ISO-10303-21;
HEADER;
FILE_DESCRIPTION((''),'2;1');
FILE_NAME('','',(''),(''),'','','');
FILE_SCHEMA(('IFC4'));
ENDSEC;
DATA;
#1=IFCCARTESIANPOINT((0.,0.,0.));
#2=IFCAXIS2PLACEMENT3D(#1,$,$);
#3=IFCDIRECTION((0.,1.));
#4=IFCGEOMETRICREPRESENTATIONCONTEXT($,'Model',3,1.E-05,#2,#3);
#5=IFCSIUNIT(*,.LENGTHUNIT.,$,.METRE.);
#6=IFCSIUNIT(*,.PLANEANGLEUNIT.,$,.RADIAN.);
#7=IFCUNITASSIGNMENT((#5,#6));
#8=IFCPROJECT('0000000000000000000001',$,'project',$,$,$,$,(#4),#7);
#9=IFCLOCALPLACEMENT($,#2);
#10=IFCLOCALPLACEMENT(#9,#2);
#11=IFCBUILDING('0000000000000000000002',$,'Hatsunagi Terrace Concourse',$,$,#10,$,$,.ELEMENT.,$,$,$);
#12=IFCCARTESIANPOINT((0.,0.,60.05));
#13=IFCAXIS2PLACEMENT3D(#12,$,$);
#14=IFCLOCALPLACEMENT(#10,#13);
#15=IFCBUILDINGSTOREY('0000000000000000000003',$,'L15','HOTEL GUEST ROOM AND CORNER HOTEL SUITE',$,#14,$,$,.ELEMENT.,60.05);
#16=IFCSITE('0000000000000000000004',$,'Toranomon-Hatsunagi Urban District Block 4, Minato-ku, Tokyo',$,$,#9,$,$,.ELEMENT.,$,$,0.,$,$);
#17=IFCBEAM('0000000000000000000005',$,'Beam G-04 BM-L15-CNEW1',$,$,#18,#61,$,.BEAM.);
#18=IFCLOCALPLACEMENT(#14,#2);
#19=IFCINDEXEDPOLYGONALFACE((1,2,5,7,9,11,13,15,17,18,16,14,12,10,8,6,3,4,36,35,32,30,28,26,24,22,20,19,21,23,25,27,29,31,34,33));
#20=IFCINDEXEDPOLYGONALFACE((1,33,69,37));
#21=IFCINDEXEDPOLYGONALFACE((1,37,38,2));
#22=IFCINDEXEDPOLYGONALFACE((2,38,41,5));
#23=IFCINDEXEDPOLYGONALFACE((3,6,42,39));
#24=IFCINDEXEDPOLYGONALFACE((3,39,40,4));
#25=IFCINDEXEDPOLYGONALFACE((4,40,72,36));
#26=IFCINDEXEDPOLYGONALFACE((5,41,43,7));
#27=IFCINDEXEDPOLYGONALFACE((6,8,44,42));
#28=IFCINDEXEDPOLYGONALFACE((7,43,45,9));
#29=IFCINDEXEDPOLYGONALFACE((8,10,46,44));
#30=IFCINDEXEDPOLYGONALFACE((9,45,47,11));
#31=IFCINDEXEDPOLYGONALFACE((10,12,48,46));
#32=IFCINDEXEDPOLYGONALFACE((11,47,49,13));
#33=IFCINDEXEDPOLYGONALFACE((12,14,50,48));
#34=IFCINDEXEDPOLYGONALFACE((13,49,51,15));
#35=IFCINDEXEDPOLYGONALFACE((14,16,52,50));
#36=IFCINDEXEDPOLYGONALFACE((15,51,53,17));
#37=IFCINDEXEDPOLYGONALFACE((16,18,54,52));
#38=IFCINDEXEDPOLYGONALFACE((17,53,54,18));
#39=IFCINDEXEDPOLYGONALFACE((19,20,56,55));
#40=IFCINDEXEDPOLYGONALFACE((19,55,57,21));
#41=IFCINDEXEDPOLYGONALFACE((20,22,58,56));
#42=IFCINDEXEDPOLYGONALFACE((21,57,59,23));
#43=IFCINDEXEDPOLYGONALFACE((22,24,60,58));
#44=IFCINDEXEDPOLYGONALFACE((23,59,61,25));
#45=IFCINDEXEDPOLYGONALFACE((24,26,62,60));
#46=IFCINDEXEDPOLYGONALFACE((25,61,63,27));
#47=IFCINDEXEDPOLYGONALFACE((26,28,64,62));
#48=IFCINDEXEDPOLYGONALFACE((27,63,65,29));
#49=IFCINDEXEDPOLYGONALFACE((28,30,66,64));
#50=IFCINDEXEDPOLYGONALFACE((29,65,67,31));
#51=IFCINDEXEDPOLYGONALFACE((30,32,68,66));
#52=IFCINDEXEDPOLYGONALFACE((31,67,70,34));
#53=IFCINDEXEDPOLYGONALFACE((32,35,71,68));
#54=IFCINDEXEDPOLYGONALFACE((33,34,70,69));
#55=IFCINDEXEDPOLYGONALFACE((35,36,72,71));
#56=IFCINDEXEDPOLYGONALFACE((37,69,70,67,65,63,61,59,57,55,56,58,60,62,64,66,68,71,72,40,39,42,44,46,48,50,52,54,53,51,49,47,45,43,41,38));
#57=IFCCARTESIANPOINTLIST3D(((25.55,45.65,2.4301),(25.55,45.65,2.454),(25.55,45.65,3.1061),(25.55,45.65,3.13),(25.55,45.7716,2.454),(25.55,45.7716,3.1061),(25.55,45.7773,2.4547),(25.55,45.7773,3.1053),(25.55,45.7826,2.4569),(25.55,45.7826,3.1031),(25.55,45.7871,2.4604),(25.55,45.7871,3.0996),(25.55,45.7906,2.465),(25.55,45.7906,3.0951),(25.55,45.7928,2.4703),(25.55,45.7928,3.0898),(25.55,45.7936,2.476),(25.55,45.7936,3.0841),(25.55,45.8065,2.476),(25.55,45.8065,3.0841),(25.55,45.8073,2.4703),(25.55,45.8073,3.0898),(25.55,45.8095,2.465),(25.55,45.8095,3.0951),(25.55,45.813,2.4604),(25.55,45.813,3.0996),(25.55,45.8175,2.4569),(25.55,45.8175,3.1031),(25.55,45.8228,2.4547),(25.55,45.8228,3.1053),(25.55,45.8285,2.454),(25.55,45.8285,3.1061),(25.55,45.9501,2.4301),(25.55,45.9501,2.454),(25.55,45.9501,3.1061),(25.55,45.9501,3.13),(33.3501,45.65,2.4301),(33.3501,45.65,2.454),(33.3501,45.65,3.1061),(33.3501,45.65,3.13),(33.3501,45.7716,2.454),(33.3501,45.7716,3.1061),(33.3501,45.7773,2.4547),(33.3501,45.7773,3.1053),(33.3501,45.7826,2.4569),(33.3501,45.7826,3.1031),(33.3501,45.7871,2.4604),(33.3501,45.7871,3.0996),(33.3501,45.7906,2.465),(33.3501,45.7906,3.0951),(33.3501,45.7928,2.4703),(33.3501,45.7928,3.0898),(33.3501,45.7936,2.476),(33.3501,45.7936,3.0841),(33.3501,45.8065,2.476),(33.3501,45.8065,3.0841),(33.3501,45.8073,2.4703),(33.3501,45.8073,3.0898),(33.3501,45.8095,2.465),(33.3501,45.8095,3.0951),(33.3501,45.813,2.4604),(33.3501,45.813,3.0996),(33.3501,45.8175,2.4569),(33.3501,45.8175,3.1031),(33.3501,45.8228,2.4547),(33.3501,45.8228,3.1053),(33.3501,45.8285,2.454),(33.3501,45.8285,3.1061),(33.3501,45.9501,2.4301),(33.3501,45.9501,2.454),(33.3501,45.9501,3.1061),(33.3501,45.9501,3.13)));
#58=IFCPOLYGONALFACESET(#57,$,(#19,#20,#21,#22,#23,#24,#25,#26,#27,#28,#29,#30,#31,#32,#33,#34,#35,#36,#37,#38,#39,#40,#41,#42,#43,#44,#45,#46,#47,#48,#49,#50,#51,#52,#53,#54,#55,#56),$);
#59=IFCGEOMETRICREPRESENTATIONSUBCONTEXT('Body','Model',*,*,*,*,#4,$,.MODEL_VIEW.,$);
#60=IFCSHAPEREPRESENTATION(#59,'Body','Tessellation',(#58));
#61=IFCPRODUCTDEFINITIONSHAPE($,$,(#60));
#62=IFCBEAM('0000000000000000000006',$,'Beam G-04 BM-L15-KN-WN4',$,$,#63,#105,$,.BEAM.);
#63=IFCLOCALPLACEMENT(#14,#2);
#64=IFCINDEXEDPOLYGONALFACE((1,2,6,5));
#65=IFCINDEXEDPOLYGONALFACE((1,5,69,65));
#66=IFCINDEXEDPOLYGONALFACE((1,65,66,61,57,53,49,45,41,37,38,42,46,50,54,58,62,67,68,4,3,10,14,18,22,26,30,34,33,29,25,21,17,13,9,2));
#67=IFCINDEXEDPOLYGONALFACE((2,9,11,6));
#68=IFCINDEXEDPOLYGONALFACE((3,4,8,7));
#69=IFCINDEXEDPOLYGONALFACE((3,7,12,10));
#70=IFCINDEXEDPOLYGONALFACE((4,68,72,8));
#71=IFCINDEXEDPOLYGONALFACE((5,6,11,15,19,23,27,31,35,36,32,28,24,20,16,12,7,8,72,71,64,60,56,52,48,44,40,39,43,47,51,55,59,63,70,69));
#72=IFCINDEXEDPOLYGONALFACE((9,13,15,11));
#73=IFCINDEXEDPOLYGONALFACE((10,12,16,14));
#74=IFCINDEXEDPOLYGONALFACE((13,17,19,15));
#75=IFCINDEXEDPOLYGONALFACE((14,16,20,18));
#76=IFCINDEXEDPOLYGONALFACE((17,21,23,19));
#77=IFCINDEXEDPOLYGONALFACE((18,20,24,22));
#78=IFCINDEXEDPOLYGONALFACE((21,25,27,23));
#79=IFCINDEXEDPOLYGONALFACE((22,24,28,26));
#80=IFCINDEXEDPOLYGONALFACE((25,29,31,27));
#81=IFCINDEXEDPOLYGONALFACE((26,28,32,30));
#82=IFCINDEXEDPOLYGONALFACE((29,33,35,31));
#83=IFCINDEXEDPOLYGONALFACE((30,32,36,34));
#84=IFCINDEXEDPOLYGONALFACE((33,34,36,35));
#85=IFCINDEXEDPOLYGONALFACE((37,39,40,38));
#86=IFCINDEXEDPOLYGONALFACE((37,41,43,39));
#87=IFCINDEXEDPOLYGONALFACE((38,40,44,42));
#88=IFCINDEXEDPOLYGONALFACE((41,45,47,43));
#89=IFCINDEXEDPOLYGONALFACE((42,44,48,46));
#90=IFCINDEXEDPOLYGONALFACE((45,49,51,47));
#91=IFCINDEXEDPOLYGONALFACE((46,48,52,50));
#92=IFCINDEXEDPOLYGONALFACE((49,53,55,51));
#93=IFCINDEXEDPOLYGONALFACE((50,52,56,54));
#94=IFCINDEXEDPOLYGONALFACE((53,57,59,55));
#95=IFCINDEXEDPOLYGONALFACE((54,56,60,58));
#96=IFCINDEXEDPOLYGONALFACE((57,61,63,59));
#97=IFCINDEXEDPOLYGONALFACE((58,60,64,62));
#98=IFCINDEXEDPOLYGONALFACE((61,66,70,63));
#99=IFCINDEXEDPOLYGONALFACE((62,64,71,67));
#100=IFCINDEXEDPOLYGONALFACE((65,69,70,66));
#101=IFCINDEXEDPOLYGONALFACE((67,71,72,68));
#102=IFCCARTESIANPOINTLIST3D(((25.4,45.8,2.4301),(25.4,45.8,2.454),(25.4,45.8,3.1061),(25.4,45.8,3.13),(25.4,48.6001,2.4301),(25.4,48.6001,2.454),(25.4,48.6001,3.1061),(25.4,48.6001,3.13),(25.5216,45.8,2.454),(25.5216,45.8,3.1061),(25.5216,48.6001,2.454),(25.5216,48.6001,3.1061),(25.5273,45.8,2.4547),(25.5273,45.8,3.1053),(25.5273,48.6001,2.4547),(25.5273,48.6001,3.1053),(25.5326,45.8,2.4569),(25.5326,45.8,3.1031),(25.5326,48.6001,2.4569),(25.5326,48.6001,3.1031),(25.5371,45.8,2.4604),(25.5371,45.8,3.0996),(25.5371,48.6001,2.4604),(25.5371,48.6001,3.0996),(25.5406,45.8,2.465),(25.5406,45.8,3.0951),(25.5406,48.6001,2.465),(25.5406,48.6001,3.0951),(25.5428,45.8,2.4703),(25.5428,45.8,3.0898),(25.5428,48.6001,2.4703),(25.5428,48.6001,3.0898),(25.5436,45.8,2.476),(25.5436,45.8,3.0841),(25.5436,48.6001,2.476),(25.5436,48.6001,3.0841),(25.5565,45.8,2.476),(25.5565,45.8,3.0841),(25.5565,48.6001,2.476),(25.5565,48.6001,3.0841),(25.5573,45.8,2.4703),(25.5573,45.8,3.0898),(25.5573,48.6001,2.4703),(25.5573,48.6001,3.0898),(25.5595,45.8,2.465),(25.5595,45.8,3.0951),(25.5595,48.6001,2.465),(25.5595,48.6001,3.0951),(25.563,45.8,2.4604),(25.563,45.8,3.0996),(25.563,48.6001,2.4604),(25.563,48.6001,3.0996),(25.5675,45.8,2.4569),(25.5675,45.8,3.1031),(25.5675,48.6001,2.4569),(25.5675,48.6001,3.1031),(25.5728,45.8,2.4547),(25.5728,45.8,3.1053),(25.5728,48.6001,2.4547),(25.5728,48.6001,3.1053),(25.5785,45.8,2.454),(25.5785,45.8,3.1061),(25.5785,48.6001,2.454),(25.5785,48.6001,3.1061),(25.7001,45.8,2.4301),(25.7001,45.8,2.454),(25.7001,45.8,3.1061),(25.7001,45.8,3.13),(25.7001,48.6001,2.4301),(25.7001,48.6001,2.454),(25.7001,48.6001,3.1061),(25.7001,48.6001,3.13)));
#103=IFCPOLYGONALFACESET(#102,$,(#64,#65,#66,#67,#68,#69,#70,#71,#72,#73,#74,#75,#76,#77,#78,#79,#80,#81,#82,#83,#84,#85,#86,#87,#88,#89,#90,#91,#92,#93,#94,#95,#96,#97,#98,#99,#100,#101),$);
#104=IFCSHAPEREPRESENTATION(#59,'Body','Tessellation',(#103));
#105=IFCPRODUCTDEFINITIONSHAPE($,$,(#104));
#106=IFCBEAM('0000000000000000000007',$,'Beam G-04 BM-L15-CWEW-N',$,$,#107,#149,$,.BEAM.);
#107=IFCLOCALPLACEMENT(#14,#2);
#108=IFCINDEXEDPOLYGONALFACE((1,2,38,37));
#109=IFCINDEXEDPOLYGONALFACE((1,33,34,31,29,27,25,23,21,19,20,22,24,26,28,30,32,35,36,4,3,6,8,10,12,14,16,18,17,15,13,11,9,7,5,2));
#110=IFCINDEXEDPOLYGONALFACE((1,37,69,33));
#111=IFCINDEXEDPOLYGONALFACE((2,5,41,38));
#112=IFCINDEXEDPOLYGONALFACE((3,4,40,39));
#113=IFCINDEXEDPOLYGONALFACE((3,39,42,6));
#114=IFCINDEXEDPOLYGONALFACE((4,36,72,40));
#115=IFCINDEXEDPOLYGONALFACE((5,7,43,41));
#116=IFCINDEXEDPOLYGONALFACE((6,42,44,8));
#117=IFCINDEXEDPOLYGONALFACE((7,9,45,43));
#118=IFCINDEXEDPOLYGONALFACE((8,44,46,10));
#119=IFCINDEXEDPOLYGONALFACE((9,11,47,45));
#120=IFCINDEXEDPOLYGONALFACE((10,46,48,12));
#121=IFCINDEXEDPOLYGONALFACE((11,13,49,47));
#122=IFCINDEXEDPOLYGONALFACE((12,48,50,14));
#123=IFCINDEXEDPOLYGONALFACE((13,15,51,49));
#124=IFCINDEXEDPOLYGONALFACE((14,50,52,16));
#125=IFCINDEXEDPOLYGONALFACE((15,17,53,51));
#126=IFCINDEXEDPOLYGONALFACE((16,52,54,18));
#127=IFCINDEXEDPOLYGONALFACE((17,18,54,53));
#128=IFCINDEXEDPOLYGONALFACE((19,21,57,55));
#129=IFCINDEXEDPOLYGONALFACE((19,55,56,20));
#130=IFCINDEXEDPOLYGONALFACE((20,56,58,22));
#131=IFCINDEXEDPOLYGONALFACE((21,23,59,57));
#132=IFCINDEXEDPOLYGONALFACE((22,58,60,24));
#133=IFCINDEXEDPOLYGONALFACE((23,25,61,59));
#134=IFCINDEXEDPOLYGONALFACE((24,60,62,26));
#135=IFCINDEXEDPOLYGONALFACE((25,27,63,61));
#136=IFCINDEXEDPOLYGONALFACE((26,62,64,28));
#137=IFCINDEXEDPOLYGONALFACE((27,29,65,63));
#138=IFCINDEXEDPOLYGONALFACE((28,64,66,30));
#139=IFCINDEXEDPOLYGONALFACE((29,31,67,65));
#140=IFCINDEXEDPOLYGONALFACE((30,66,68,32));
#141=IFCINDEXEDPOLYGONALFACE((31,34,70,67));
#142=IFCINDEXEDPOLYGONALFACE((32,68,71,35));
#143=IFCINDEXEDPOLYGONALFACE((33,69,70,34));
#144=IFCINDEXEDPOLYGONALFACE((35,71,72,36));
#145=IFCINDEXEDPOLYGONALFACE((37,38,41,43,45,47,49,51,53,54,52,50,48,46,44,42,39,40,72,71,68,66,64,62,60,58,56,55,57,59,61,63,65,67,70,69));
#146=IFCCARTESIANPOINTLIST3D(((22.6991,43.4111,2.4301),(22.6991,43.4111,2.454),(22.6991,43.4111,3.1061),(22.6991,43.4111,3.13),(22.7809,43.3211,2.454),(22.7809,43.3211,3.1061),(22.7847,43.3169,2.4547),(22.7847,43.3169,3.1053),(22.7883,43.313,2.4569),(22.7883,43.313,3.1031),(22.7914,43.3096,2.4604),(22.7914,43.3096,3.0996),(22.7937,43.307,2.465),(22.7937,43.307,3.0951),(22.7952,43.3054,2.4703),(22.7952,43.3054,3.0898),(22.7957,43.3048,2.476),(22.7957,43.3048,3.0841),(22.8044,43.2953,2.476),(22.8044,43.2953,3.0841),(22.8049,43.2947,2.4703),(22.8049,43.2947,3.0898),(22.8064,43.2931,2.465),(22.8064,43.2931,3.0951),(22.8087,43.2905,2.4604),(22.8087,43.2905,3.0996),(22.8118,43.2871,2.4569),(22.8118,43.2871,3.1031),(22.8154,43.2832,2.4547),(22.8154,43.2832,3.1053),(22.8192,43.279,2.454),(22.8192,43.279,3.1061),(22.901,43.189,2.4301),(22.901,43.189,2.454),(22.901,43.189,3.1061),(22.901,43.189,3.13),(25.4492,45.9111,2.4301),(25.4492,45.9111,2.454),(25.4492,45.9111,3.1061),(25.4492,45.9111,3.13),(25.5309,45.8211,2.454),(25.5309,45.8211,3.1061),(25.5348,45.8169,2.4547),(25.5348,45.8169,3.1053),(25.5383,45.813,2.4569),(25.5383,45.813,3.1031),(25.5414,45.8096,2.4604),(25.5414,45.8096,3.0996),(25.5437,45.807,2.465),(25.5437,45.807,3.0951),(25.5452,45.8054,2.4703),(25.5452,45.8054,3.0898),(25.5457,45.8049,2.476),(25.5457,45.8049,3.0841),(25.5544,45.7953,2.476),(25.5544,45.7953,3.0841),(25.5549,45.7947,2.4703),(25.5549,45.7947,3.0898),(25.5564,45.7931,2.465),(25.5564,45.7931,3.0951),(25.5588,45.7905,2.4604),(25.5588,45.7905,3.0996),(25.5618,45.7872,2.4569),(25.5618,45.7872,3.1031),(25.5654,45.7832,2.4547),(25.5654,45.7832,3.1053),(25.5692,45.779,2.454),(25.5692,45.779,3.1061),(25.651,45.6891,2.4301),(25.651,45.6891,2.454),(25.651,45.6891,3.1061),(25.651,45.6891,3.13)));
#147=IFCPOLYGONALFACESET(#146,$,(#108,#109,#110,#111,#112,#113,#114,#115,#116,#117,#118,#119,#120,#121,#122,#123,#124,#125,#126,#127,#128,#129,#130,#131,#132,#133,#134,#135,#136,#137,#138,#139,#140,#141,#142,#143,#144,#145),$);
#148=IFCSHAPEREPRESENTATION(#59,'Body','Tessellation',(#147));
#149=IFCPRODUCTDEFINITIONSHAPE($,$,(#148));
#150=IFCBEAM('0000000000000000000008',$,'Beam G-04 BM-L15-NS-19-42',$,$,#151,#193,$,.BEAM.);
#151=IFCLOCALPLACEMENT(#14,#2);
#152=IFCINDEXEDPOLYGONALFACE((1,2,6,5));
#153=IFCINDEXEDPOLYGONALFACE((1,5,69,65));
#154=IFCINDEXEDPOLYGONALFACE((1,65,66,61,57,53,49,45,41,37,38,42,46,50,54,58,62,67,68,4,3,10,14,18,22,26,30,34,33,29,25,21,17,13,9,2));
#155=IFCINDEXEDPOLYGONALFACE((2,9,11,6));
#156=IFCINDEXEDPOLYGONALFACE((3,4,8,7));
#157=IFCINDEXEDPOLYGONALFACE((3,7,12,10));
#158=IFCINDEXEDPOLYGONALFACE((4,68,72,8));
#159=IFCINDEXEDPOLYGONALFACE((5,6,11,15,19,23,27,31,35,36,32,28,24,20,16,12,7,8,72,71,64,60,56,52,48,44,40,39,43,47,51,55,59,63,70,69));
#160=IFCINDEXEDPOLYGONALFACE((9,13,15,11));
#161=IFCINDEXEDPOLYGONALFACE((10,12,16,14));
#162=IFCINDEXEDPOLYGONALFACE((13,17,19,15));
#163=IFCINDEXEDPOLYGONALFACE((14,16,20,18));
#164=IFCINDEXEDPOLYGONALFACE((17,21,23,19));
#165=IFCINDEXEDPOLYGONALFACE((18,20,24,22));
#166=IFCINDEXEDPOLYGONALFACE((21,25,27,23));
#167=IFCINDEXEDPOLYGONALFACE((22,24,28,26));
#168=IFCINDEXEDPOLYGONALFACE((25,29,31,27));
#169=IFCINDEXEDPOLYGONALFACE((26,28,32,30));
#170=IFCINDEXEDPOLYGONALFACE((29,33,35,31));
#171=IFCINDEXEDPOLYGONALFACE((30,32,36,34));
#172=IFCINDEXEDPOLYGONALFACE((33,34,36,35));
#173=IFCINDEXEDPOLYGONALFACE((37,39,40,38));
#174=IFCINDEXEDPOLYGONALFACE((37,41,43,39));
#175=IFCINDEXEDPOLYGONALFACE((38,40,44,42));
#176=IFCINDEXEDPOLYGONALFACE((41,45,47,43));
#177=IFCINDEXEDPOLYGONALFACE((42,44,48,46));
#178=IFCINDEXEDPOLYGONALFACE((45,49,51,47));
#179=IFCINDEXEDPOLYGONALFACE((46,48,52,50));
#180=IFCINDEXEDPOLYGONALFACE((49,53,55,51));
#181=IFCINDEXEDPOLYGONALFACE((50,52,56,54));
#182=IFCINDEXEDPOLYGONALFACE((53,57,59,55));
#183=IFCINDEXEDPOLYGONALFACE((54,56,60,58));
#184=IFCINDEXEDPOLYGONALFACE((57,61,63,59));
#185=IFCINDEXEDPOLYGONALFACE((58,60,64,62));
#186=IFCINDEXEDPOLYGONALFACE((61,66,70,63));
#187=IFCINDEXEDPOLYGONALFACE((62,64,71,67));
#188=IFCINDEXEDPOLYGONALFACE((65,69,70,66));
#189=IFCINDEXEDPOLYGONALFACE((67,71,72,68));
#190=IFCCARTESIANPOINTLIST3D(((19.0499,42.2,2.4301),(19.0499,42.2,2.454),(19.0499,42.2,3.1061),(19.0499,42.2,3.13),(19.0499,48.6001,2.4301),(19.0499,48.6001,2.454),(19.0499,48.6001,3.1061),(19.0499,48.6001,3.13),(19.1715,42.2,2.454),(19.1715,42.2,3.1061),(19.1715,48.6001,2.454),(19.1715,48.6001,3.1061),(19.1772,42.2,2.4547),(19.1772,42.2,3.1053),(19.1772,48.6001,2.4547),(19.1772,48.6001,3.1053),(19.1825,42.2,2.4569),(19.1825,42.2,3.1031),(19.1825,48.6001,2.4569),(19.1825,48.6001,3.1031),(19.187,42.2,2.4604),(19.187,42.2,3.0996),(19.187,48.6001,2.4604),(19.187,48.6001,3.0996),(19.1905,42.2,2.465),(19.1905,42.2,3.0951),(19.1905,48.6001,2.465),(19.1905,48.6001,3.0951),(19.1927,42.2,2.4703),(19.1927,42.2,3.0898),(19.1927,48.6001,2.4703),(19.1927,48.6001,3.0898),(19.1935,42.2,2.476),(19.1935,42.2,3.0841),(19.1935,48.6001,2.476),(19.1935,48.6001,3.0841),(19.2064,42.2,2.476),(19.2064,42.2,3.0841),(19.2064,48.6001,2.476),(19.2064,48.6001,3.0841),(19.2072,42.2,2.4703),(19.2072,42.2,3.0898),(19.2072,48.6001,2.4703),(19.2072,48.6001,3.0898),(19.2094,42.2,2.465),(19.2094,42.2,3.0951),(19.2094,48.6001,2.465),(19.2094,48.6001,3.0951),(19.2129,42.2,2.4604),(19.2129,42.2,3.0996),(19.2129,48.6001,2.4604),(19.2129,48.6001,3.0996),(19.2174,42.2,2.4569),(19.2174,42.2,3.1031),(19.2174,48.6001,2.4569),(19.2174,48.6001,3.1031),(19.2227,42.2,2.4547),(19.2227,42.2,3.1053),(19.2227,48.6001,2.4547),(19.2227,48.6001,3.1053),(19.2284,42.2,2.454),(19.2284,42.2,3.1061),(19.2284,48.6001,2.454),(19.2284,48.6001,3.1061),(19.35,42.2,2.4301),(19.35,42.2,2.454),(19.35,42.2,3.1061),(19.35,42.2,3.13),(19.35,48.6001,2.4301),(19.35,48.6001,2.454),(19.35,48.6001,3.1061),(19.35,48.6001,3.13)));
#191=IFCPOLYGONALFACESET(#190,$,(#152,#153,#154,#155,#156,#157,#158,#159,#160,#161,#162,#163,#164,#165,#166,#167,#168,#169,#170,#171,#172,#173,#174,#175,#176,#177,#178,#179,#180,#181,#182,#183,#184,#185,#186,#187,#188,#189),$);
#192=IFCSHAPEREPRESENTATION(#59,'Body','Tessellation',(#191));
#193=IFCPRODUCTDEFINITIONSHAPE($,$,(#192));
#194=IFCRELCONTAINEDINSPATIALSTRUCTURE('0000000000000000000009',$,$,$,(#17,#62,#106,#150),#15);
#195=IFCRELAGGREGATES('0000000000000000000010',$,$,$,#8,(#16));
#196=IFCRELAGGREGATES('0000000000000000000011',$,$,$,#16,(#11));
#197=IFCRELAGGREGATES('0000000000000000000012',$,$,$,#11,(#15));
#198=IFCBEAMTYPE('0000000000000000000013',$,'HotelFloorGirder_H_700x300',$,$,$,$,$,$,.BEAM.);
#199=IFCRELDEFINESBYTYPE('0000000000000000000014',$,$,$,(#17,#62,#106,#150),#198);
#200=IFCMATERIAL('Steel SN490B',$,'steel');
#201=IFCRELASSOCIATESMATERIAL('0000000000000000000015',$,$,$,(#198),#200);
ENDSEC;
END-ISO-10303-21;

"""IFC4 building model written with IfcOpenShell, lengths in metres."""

from ifc_helpers import new_model, si_unit, direction, frame, origin, origin_2d, place, context, subcontext, project, spatial, i_section, extrude, material, material_profile, profile_set, type_object, element, save


model = new_model("IFC4")

# Units and contexts
model_context = context("Model", 3, precision=1e-05, world=origin(), true_north=direction((0.0, 1.0)))
body_context = subcontext(model_context, "Body", "Model", "MODEL_VIEW")
ifc_project = project(units=[si_unit("LENGTHUNIT", "METRE"), si_unit("PLANEANGLEUNIT", "RADIAN")], contexts=[model_context])

# Site, building, storey
site_placement = place(None, origin())
site = spatial("IfcSite", under=ifc_project, at=site_placement, Name="Toranomon-Hatsunagi Urban District Block 4, Minato-ku, Tokyo", CompositionType="ELEMENT", RefElevation=0.0)
building_placement = place(site_placement, origin())
building = spatial("IfcBuilding", under=site, at=building_placement, Name="Hatsunagi Terrace Concourse", CompositionType="ELEMENT")
storey_placement = place(building_placement, frame((0.0, 0.0, 60.05)))
storey = spatial("IfcBuildingStorey", under=building, at=storey_placement, Name="L15", Description="HOTEL GUEST ROOM AND CORNER HOTEL SUITE", CompositionType="ELEMENT", Elevation=60.05)

# Beams
ifc_material_1 = material(Name="Steel SN490B", Category="steel")
ifc_material_profile_1 = material_profile(ifc_material_1, i_section(OverallWidth=0.3, OverallDepth=0.7, WebThickness=0.0129, FlangeThickness=0.0239, FilletRadius=0.022, at=origin_2d()), Name="H-700x300x13x24")
ifc_profile_set_1 = profile_set([ifc_material_profile_1], Name="Steel SN490B")
beam_type_1 = type_object("IfcBeamType", Name="HotelFloorGirder_H_700x300", PredefinedType="BEAM", material=ifc_profile_set_1)
beam_1_placement = place(storey_placement, frame((25.55, 45.8, 2.78), z_axis=(1.0, 0.0, 0.0), x_axis=(0.0, 1.0, 0.0)))
element("IfcBeam", 1, at=beam_1_placement, inside=storey, type_object=beam_type_1, Name="Beam G-04 BM-L15-CNEW1", PredefinedType="BEAM", context=body_context, shape_type="SweptSolid", body=[
    extrude(i_section(OverallWidth=0.3, OverallDepth=0.7, WebThickness=0.0129, FlangeThickness=0.0239, FilletRadius=0.022, at=origin_2d()), origin(), (0.0, 0.0, 1.0), 7.8),
])
beam_2_placement = place(storey_placement, frame((25.55, 45.8, 2.78), z_axis=(0.0, 1.0, 0.0), x_axis=(-1.0, 0.0, 0.0)))
element("IfcBeam", 2, at=beam_2_placement, inside=storey, type_object=beam_type_1, Name="Beam G-04 BM-L15-KN-WN4", PredefinedType="BEAM", context=body_context, shape_type="SweptSolid", body=[
    extrude(i_section(OverallWidth=0.3, OverallDepth=0.7, WebThickness=0.0129, FlangeThickness=0.0239, FilletRadius=0.022, at=origin_2d()), origin(), (0.0, 0.0, 1.0), 2.8),
])
beam_3_placement = place(storey_placement, frame((22.8, 43.3, 2.78), z_axis=(0.73994, 0.672673, 0.0), x_axis=(-0.672673, 0.73994, 0.0)))
element("IfcBeam", 3, at=beam_3_placement, inside=storey, type_object=beam_type_1, Name="Beam G-04 BM-L15-CWEW-N", PredefinedType="BEAM", context=body_context, shape_type="SweptSolid", body=[
    extrude(i_section(OverallWidth=0.3, OverallDepth=0.7, WebThickness=0.0129, FlangeThickness=0.0239, FilletRadius=0.022, at=origin_2d()), origin(), (0.0, 0.0, 1.0), 3.7166),
])
beam_4_placement = place(storey_placement, frame((19.2, 42.2, 2.78), z_axis=(0.0, 1.0, 0.0), x_axis=(-1.0, 0.0, 0.0)))
element("IfcBeam", 4, at=beam_4_placement, inside=storey, type_object=beam_type_1, Name="Beam G-04 BM-L15-NS-19-42", PredefinedType="BEAM", context=body_context, shape_type="SweptSolid", body=[
    extrude(i_section(OverallWidth=0.3, OverallDepth=0.7, WebThickness=0.0129, FlangeThickness=0.0239, FilletRadius=0.022, at=origin_2d()), origin(), (0.0, 0.0, 1.0), 6.4001),
])

save(model, "model.ifc")
